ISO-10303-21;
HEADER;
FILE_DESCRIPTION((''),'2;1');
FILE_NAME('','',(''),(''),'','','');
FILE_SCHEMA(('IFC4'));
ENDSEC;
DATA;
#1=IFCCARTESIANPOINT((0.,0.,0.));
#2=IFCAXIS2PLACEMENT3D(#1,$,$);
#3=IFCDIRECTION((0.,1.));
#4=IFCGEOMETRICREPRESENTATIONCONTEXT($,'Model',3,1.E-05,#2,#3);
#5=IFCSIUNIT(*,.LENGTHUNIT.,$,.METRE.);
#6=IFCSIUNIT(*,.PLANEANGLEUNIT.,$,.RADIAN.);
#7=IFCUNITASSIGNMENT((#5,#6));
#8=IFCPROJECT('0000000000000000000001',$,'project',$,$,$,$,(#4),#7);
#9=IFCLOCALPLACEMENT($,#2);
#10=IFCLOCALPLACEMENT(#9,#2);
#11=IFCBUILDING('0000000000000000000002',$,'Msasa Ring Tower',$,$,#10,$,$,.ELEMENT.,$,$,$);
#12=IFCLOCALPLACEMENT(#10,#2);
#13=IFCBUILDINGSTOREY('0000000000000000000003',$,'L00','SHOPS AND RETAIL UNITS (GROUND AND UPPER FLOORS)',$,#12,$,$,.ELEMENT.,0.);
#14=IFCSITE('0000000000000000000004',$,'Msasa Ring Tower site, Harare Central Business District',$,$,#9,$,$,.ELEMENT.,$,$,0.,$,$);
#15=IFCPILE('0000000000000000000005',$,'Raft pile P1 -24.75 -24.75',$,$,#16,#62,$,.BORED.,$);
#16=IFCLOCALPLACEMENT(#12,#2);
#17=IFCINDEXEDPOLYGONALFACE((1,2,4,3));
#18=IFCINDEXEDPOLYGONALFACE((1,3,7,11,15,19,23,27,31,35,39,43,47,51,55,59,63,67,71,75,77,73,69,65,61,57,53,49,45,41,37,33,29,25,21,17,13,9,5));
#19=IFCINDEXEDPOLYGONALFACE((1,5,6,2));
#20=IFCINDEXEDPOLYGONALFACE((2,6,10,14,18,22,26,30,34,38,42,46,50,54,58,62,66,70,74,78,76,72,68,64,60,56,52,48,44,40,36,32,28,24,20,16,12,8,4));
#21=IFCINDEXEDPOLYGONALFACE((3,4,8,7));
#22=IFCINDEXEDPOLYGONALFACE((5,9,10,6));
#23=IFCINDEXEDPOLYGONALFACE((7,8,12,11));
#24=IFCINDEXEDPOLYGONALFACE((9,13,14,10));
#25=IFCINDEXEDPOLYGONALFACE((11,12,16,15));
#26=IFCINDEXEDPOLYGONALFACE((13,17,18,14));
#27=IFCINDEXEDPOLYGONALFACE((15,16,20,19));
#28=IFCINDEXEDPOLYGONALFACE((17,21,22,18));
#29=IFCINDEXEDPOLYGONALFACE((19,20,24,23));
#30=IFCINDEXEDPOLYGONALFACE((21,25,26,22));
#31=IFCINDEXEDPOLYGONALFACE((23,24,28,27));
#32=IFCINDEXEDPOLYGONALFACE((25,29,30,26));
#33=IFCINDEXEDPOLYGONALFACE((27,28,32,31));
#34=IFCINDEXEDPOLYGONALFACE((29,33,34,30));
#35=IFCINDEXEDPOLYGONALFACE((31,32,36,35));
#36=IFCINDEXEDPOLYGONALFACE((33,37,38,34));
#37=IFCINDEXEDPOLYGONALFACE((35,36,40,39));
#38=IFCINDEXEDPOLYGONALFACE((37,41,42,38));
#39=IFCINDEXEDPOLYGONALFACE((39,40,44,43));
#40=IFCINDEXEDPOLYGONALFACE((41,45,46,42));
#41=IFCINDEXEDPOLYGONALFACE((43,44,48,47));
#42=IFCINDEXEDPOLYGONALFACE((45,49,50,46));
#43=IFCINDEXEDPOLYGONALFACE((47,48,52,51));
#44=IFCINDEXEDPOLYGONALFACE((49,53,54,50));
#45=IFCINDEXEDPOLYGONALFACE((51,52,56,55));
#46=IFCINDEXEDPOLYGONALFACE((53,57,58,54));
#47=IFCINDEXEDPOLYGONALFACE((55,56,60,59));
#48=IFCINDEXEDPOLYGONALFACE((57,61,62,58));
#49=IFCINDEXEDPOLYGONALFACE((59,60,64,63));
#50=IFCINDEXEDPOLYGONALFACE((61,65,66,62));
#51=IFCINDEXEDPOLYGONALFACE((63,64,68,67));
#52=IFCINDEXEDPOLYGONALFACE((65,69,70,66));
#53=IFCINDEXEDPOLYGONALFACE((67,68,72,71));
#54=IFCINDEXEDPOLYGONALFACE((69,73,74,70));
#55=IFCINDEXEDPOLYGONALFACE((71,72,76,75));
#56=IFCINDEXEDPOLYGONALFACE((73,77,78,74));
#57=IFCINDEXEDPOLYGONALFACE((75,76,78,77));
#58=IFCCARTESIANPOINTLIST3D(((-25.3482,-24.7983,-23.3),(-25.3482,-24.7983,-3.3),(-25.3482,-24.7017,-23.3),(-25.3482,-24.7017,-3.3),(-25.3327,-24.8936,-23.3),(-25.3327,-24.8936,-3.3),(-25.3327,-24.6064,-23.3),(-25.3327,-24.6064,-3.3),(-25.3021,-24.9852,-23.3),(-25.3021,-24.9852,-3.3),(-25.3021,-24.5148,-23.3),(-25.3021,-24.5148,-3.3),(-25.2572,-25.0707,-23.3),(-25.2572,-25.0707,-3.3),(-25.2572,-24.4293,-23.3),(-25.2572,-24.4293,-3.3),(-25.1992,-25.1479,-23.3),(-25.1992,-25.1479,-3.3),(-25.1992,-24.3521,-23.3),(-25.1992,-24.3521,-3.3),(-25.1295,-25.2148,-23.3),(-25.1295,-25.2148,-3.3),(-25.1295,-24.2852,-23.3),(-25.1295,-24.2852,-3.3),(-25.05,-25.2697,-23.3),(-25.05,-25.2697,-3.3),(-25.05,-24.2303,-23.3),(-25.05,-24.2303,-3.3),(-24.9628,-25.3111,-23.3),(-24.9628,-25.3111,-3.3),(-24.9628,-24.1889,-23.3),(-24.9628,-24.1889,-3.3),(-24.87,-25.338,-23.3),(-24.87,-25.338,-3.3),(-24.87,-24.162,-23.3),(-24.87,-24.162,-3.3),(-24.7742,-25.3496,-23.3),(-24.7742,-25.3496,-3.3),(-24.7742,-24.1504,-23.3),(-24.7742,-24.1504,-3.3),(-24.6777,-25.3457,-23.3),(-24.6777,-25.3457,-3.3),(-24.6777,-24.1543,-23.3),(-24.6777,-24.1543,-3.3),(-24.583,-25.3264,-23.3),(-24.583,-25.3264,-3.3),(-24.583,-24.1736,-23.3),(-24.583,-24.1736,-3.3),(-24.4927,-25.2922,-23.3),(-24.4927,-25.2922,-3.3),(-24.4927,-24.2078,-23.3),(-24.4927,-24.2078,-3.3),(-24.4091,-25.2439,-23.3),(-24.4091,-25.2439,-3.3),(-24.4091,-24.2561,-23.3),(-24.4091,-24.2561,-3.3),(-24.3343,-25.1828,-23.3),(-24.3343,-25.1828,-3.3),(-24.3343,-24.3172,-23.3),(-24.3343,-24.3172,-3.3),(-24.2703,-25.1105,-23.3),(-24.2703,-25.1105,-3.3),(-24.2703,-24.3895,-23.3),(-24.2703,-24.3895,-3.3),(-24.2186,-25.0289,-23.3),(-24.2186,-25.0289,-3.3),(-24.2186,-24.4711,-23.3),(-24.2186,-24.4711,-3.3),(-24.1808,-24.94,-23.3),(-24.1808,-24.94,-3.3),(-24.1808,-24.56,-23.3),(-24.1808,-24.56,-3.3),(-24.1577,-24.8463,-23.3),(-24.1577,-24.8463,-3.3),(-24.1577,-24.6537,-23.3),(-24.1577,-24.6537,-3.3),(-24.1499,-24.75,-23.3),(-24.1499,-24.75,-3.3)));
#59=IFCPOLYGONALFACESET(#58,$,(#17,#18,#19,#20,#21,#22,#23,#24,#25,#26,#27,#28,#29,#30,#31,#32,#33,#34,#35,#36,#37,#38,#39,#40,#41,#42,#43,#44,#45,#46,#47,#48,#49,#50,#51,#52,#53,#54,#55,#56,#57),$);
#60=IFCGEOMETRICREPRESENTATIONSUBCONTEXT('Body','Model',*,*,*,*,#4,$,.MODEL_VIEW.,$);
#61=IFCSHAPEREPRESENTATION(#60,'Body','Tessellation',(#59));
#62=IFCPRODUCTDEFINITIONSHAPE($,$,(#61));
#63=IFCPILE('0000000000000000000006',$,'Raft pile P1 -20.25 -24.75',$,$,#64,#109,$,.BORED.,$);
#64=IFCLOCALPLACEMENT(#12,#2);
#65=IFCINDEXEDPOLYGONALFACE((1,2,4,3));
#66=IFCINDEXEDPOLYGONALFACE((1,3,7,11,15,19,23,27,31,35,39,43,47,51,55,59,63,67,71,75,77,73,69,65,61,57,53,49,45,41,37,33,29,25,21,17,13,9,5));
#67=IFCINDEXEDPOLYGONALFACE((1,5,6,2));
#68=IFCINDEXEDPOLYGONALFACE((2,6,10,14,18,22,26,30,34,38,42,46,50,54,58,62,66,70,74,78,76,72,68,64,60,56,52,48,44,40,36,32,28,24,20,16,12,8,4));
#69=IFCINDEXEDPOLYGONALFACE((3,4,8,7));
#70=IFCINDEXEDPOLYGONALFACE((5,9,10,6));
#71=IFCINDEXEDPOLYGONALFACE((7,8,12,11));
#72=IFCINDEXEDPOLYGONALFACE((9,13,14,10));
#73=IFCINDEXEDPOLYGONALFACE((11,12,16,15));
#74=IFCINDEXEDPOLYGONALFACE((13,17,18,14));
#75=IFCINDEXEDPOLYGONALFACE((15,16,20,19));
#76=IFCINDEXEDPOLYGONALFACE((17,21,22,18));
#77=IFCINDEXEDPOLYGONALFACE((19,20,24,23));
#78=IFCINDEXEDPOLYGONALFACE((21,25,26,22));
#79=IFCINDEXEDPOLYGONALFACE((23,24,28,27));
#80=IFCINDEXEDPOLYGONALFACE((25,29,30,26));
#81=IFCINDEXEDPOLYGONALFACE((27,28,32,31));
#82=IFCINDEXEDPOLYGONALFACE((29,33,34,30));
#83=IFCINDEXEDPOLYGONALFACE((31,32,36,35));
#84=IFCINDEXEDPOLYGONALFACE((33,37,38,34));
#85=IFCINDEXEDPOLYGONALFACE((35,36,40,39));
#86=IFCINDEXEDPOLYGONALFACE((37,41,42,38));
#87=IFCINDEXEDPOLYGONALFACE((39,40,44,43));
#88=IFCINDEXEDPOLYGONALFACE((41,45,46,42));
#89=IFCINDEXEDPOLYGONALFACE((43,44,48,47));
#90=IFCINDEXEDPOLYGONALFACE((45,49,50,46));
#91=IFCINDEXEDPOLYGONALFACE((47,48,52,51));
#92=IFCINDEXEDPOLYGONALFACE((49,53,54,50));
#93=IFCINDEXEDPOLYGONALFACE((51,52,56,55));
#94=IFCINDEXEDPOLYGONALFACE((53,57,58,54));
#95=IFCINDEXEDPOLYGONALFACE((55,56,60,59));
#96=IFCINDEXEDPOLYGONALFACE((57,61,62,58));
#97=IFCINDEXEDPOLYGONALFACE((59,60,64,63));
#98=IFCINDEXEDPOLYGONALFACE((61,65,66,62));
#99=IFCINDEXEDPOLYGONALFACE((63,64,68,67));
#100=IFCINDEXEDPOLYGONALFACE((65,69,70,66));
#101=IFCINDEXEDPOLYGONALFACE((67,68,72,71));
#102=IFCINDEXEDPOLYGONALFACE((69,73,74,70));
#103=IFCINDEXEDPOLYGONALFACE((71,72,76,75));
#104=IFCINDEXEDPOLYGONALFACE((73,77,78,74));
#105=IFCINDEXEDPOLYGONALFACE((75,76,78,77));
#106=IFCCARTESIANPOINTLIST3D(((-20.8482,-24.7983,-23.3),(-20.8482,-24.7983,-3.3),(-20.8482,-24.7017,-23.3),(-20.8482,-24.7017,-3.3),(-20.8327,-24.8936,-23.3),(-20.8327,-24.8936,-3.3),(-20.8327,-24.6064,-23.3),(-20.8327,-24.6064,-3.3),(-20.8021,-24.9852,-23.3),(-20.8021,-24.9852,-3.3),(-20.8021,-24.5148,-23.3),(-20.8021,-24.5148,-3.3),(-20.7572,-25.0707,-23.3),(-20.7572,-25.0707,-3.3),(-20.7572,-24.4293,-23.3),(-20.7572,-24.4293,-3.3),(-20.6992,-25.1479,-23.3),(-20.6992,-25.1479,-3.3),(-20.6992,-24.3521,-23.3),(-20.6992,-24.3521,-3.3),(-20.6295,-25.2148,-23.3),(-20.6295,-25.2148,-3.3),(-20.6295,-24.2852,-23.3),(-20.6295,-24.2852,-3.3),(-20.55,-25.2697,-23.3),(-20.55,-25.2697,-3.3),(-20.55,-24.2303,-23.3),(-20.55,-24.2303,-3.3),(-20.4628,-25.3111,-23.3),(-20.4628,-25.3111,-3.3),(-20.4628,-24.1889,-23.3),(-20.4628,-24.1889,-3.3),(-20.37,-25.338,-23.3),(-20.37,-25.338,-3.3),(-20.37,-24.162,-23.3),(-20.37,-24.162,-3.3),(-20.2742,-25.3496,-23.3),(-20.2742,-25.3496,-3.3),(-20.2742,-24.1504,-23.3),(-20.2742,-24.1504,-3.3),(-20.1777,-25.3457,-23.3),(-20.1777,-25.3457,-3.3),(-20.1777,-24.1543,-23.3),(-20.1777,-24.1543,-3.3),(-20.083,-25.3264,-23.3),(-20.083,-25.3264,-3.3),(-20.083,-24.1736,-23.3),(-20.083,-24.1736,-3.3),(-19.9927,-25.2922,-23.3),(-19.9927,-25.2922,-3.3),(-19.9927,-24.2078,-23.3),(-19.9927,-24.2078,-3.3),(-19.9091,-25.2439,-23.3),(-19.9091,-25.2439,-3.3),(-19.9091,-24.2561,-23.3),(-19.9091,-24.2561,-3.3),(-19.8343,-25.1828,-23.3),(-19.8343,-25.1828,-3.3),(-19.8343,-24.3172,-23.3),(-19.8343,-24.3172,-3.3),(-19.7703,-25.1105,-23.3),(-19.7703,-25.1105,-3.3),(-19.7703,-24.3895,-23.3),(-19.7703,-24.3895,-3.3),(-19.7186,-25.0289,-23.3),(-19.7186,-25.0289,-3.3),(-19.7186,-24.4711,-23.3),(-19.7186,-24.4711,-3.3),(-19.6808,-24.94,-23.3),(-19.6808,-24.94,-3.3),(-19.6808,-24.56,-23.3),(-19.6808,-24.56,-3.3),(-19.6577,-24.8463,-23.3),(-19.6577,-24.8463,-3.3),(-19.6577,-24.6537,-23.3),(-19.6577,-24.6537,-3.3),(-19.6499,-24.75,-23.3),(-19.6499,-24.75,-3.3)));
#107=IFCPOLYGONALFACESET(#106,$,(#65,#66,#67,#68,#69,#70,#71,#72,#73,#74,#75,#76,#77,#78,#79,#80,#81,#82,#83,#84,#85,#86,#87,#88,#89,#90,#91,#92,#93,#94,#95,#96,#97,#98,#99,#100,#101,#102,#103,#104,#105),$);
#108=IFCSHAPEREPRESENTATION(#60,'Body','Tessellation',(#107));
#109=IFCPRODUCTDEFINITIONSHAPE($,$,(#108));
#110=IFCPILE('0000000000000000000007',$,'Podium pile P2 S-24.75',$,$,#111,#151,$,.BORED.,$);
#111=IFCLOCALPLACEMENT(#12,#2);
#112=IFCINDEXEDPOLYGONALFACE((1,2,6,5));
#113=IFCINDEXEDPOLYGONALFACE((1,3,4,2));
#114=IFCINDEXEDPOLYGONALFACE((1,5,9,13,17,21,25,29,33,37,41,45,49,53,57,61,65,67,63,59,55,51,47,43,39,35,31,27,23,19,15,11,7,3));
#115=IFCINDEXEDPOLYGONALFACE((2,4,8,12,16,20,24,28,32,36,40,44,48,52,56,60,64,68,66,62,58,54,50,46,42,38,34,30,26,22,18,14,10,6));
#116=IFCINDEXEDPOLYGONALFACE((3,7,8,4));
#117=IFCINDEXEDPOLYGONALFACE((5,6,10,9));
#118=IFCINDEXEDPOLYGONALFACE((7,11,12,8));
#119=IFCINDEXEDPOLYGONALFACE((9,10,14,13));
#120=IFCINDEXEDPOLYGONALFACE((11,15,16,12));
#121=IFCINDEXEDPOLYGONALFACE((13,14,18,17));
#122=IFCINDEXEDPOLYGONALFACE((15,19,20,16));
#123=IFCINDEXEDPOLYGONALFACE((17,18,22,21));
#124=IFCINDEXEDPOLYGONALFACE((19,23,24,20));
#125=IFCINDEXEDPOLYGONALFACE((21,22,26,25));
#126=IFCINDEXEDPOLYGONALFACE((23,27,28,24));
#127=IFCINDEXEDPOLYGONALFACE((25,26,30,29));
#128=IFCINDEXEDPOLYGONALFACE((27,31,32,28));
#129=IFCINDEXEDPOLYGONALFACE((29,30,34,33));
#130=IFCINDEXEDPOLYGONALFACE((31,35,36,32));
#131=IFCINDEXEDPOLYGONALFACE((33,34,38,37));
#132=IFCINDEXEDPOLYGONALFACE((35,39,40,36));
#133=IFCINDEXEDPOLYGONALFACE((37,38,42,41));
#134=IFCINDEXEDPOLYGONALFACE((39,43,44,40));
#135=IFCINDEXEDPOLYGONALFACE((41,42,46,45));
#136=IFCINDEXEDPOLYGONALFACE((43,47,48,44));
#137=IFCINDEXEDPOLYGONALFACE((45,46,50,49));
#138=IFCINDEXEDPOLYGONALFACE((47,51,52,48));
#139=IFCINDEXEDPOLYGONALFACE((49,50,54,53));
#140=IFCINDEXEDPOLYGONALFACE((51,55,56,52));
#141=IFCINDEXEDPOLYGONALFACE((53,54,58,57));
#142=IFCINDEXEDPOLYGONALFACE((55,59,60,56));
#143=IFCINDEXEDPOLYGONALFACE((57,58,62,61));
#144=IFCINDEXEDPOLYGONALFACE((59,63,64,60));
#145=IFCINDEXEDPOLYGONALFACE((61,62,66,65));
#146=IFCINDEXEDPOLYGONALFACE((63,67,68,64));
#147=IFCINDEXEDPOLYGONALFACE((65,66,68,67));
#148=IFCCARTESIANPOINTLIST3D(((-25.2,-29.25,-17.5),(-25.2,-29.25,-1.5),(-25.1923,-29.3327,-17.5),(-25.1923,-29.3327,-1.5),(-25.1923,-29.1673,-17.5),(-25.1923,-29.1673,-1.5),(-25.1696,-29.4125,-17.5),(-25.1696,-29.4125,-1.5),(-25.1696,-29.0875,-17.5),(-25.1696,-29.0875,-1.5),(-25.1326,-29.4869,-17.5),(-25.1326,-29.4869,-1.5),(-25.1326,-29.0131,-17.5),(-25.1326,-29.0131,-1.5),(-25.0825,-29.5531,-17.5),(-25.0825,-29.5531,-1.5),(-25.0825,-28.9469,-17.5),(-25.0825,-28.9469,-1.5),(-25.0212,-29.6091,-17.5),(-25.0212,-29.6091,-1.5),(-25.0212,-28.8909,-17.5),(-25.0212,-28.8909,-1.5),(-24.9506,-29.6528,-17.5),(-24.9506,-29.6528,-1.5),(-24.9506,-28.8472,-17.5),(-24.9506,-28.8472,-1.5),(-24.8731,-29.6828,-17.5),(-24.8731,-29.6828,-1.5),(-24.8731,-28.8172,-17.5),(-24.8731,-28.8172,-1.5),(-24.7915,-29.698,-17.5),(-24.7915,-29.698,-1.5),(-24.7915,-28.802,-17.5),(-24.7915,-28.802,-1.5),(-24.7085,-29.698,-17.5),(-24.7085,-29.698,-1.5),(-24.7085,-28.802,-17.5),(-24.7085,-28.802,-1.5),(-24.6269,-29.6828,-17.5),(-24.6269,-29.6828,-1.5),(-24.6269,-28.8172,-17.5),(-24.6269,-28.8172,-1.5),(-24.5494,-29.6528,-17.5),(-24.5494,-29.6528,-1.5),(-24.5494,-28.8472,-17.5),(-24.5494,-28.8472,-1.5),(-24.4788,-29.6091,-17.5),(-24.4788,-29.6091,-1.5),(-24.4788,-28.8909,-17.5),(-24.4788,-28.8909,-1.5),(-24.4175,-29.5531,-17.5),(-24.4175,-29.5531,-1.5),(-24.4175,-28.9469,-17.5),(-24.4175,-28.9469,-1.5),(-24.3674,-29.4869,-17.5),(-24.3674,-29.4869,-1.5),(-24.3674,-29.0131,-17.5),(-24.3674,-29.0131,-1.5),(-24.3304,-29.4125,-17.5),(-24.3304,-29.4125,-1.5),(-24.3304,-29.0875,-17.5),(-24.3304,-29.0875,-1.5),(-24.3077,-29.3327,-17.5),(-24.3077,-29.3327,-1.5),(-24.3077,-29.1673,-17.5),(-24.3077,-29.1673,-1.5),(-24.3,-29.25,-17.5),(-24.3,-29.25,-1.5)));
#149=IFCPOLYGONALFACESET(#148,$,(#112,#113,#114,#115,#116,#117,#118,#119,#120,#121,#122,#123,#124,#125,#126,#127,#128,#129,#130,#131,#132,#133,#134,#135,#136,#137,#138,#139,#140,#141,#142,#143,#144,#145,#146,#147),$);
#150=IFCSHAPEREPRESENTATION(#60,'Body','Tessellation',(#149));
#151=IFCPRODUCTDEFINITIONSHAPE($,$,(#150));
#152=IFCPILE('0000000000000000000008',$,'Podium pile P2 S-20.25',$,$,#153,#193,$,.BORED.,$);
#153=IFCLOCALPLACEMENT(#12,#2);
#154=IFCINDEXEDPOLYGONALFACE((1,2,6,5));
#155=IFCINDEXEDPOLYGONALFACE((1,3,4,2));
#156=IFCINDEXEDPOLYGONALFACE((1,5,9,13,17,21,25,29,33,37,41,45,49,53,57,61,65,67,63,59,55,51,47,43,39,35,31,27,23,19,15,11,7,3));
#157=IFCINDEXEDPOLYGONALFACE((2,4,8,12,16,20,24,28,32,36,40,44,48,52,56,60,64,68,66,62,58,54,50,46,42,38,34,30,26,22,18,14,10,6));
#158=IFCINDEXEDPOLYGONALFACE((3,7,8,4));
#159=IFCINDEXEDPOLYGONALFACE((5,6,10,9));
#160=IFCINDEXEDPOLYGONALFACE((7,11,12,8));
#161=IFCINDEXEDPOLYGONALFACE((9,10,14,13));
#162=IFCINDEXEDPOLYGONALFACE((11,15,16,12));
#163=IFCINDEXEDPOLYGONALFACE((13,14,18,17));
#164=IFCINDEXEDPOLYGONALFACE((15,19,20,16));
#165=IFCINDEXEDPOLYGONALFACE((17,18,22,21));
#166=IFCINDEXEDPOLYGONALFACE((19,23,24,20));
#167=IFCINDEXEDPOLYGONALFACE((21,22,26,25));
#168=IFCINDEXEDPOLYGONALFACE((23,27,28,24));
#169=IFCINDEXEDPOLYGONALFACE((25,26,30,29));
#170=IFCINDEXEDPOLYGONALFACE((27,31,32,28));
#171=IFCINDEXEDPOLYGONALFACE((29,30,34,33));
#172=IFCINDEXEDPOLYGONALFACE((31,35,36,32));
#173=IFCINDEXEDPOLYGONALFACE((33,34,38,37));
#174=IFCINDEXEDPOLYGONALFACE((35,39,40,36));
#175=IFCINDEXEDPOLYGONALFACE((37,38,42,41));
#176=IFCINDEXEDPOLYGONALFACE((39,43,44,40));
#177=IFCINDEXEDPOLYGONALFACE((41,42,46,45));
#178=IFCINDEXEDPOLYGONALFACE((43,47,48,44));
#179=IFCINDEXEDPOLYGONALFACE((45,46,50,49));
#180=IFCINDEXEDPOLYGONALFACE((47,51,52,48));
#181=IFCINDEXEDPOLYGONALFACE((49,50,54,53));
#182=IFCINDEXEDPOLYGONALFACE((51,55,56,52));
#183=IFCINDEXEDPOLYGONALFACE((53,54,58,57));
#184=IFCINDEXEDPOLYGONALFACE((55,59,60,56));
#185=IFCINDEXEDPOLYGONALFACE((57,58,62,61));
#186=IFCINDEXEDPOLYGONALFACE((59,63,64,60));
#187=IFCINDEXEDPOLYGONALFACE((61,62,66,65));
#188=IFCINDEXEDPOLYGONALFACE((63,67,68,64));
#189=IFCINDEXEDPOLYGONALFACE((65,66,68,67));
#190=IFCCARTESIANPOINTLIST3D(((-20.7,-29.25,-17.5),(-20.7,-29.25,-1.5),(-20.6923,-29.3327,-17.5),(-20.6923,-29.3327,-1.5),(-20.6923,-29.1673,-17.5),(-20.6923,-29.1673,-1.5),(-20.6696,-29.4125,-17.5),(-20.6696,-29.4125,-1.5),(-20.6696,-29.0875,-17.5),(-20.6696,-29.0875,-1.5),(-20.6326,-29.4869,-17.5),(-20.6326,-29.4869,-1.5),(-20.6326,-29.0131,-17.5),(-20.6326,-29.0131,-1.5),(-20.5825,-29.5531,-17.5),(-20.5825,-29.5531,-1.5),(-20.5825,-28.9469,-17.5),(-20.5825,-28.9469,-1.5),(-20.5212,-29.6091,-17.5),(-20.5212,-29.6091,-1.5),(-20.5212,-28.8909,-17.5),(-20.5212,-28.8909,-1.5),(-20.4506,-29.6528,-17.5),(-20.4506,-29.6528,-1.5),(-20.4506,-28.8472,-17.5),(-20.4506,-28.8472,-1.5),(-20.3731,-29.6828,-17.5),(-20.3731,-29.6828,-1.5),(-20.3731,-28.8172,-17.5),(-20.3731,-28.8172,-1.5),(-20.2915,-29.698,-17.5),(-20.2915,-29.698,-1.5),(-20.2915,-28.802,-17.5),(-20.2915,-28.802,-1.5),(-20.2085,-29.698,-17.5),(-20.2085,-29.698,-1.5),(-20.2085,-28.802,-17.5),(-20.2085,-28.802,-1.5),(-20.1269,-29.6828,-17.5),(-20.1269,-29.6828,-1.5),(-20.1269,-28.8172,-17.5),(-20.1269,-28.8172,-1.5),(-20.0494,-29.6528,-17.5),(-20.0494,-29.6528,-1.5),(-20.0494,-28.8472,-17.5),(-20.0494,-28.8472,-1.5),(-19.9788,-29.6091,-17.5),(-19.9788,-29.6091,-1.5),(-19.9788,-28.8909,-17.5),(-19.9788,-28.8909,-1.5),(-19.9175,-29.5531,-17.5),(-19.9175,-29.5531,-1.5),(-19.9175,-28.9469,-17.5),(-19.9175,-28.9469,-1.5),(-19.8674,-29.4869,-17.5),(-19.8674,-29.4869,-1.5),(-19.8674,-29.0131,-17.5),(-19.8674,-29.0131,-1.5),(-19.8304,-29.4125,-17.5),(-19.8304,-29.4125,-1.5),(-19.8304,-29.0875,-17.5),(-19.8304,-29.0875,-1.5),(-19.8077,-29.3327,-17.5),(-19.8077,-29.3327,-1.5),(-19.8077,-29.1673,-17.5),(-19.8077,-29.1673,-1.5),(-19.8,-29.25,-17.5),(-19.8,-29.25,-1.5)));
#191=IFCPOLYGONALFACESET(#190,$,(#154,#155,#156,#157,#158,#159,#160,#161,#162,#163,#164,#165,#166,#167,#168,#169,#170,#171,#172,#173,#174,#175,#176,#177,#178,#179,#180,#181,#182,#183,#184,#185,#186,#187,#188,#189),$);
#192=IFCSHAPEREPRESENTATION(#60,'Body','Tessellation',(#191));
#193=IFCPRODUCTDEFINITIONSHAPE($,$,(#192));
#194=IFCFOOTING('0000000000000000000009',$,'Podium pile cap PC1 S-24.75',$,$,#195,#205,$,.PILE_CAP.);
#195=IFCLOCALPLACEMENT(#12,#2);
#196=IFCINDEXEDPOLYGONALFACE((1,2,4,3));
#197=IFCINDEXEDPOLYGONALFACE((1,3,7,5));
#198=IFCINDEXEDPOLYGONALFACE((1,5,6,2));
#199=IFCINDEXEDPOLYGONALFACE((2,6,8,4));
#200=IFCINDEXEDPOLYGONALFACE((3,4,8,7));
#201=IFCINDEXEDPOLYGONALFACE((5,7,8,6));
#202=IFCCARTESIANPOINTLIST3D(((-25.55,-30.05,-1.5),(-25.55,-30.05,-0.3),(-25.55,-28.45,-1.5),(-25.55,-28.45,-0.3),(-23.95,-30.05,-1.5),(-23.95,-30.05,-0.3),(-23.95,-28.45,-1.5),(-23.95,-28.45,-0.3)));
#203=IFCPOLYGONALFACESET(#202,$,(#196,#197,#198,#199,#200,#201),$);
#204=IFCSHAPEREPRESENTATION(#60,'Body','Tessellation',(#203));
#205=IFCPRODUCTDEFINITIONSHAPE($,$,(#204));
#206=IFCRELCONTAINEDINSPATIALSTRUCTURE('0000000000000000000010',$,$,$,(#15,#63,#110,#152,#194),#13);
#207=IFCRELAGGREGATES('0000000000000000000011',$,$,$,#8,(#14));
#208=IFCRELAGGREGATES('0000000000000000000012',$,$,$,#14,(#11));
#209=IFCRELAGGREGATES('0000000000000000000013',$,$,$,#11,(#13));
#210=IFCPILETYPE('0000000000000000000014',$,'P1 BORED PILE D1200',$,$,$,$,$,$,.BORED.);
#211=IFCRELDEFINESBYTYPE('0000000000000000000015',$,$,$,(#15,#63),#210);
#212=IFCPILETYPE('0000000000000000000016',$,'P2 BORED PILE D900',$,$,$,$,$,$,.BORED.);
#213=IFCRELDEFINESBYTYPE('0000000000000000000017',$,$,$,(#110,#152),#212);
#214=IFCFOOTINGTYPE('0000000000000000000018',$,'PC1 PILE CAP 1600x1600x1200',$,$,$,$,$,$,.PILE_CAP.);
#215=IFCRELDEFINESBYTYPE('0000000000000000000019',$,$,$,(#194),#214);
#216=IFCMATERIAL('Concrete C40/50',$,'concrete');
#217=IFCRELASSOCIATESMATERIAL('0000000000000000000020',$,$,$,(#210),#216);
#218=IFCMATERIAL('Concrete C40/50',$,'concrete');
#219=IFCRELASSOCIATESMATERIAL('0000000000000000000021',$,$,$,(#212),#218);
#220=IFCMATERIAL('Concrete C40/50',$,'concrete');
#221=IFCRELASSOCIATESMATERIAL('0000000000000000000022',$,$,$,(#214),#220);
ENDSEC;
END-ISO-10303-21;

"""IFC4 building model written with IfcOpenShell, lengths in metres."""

from ifc_helpers import new_model, si_unit, direction, frame, origin, origin_2d, place, context, subcontext, project, spatial, rectangle, circle, extrude, material, material_profile, profile_set, type_object, element, save


model = new_model("IFC4")

# Units and contexts
model_context = context("Model", 3, precision=1e-05, world=origin(), true_north=direction((0.0, 1.0)))
body_context = subcontext(model_context, "Body", "Model", "MODEL_VIEW")
ifc_project = project(units=[si_unit("LENGTHUNIT", "METRE"), si_unit("PLANEANGLEUNIT", "RADIAN")], contexts=[model_context])

# Site, building, storey
site_placement = place(None, origin())
site = spatial("IfcSite", under=ifc_project, at=site_placement, Name="Msasa Ring Tower site, Harare Central Business District", CompositionType="ELEMENT", RefElevation=0.0)
building_placement = place(site_placement, origin())
building = spatial("IfcBuilding", under=site, at=building_placement, Name="Msasa Ring Tower", CompositionType="ELEMENT")
storey_placement = place(building_placement, origin())
storey = spatial("IfcBuildingStorey", under=building, at=storey_placement, Name="L00", Description="SHOPS AND RETAIL UNITS (GROUND AND UPPER FLOORS)", CompositionType="ELEMENT", Elevation=0.0)

# Piles
ifc_material_1 = material(Name="Concrete C40/50", Category="concrete")
ifc_material_profile_1 = material_profile(ifc_material_1, circle(Radius=0.6001, at=origin_2d()), Name="D1200")
ifc_profile_set_1 = profile_set([ifc_material_profile_1], Name="Concrete C40/50")
pile_type_1 = type_object("IfcPileType", Name="P1 BORED PILE D1200", PredefinedType="BORED", material=ifc_profile_set_1)
for number, where, z_axis, x_axis, name in (
    (1, (-24.75, -24.75, -3.3), (0.0, 0.0, -1.0), (1.0, 0.0, 0.0), "Raft pile P1 -24.75 -24.75"),
    (2, (-20.25, -24.75, -3.3), (0.0, 0.0, -1.0), (1.0, 0.0, 0.0), "Raft pile P1 -20.25 -24.75"),
):
    element("IfcPile", number, at=place(storey_placement, frame(where, z_axis=z_axis, x_axis=x_axis)), inside=storey, type_object=pile_type_1, Name=name, PredefinedType="BORED", context=body_context, shape_type="SweptSolid", body=[
        extrude(circle(Radius=0.6001, at=origin_2d()), origin(), (0.0, 0.0, 1.0), 20.0),
    ])
ifc_material_2 = material(Name="Concrete C40/50", Category="concrete")
ifc_material_profile_2 = material_profile(ifc_material_2, circle(Radius=0.45, at=origin_2d()), Name="D900")
ifc_profile_set_2 = profile_set([ifc_material_profile_2], Name="Concrete C40/50")
pile_type_2 = type_object("IfcPileType", Name="P2 BORED PILE D900", PredefinedType="BORED", material=ifc_profile_set_2)
for number, where, z_axis, x_axis, name in (
    (3, (-24.75, -29.25, -1.5), (0.0, 0.0, -1.0), (1.0, 0.0, 0.0), "Podium pile P2 S-24.75"),
    (4, (-20.25, -29.25, -1.5), (0.0, 0.0, -1.0), (1.0, 0.0, 0.0), "Podium pile P2 S-20.25"),
):
    element("IfcPile", number, at=place(storey_placement, frame(where, z_axis=z_axis, x_axis=x_axis)), inside=storey, type_object=pile_type_2, Name=name, PredefinedType="BORED", context=body_context, shape_type="SweptSolid", body=[
        extrude(circle(Radius=0.45, at=origin_2d()), origin(), (0.0, 0.0, 1.0), 16.0),
    ])

# Footing
ifc_material_3 = material(Name="Concrete C40/50", Category="concrete")
footing_type = type_object("IfcFootingType", Name="PC1 PILE CAP 1600x1600x1200", PredefinedType="PILE_CAP", material=ifc_material_3)
for number, where, z_axis, x_axis, name in (
    (5, (-24.75, -29.25, -1.5), (0.0, 0.0, 1.0), (1.0, 0.0, 0.0), "Podium pile cap PC1 S-24.75"),
):
    element("IfcFooting", number, at=place(storey_placement, frame(where, z_axis=z_axis, x_axis=x_axis)), inside=storey, type_object=footing_type, Name=name, PredefinedType="PILE_CAP", context=body_context, shape_type="SweptSolid", body=[
        extrude(rectangle(XDim=1.6001, YDim=1.6001, at=origin_2d()), origin(), (0.0, 0.0, 1.0), 1.2),
    ])

save(model, "model.ifc")
